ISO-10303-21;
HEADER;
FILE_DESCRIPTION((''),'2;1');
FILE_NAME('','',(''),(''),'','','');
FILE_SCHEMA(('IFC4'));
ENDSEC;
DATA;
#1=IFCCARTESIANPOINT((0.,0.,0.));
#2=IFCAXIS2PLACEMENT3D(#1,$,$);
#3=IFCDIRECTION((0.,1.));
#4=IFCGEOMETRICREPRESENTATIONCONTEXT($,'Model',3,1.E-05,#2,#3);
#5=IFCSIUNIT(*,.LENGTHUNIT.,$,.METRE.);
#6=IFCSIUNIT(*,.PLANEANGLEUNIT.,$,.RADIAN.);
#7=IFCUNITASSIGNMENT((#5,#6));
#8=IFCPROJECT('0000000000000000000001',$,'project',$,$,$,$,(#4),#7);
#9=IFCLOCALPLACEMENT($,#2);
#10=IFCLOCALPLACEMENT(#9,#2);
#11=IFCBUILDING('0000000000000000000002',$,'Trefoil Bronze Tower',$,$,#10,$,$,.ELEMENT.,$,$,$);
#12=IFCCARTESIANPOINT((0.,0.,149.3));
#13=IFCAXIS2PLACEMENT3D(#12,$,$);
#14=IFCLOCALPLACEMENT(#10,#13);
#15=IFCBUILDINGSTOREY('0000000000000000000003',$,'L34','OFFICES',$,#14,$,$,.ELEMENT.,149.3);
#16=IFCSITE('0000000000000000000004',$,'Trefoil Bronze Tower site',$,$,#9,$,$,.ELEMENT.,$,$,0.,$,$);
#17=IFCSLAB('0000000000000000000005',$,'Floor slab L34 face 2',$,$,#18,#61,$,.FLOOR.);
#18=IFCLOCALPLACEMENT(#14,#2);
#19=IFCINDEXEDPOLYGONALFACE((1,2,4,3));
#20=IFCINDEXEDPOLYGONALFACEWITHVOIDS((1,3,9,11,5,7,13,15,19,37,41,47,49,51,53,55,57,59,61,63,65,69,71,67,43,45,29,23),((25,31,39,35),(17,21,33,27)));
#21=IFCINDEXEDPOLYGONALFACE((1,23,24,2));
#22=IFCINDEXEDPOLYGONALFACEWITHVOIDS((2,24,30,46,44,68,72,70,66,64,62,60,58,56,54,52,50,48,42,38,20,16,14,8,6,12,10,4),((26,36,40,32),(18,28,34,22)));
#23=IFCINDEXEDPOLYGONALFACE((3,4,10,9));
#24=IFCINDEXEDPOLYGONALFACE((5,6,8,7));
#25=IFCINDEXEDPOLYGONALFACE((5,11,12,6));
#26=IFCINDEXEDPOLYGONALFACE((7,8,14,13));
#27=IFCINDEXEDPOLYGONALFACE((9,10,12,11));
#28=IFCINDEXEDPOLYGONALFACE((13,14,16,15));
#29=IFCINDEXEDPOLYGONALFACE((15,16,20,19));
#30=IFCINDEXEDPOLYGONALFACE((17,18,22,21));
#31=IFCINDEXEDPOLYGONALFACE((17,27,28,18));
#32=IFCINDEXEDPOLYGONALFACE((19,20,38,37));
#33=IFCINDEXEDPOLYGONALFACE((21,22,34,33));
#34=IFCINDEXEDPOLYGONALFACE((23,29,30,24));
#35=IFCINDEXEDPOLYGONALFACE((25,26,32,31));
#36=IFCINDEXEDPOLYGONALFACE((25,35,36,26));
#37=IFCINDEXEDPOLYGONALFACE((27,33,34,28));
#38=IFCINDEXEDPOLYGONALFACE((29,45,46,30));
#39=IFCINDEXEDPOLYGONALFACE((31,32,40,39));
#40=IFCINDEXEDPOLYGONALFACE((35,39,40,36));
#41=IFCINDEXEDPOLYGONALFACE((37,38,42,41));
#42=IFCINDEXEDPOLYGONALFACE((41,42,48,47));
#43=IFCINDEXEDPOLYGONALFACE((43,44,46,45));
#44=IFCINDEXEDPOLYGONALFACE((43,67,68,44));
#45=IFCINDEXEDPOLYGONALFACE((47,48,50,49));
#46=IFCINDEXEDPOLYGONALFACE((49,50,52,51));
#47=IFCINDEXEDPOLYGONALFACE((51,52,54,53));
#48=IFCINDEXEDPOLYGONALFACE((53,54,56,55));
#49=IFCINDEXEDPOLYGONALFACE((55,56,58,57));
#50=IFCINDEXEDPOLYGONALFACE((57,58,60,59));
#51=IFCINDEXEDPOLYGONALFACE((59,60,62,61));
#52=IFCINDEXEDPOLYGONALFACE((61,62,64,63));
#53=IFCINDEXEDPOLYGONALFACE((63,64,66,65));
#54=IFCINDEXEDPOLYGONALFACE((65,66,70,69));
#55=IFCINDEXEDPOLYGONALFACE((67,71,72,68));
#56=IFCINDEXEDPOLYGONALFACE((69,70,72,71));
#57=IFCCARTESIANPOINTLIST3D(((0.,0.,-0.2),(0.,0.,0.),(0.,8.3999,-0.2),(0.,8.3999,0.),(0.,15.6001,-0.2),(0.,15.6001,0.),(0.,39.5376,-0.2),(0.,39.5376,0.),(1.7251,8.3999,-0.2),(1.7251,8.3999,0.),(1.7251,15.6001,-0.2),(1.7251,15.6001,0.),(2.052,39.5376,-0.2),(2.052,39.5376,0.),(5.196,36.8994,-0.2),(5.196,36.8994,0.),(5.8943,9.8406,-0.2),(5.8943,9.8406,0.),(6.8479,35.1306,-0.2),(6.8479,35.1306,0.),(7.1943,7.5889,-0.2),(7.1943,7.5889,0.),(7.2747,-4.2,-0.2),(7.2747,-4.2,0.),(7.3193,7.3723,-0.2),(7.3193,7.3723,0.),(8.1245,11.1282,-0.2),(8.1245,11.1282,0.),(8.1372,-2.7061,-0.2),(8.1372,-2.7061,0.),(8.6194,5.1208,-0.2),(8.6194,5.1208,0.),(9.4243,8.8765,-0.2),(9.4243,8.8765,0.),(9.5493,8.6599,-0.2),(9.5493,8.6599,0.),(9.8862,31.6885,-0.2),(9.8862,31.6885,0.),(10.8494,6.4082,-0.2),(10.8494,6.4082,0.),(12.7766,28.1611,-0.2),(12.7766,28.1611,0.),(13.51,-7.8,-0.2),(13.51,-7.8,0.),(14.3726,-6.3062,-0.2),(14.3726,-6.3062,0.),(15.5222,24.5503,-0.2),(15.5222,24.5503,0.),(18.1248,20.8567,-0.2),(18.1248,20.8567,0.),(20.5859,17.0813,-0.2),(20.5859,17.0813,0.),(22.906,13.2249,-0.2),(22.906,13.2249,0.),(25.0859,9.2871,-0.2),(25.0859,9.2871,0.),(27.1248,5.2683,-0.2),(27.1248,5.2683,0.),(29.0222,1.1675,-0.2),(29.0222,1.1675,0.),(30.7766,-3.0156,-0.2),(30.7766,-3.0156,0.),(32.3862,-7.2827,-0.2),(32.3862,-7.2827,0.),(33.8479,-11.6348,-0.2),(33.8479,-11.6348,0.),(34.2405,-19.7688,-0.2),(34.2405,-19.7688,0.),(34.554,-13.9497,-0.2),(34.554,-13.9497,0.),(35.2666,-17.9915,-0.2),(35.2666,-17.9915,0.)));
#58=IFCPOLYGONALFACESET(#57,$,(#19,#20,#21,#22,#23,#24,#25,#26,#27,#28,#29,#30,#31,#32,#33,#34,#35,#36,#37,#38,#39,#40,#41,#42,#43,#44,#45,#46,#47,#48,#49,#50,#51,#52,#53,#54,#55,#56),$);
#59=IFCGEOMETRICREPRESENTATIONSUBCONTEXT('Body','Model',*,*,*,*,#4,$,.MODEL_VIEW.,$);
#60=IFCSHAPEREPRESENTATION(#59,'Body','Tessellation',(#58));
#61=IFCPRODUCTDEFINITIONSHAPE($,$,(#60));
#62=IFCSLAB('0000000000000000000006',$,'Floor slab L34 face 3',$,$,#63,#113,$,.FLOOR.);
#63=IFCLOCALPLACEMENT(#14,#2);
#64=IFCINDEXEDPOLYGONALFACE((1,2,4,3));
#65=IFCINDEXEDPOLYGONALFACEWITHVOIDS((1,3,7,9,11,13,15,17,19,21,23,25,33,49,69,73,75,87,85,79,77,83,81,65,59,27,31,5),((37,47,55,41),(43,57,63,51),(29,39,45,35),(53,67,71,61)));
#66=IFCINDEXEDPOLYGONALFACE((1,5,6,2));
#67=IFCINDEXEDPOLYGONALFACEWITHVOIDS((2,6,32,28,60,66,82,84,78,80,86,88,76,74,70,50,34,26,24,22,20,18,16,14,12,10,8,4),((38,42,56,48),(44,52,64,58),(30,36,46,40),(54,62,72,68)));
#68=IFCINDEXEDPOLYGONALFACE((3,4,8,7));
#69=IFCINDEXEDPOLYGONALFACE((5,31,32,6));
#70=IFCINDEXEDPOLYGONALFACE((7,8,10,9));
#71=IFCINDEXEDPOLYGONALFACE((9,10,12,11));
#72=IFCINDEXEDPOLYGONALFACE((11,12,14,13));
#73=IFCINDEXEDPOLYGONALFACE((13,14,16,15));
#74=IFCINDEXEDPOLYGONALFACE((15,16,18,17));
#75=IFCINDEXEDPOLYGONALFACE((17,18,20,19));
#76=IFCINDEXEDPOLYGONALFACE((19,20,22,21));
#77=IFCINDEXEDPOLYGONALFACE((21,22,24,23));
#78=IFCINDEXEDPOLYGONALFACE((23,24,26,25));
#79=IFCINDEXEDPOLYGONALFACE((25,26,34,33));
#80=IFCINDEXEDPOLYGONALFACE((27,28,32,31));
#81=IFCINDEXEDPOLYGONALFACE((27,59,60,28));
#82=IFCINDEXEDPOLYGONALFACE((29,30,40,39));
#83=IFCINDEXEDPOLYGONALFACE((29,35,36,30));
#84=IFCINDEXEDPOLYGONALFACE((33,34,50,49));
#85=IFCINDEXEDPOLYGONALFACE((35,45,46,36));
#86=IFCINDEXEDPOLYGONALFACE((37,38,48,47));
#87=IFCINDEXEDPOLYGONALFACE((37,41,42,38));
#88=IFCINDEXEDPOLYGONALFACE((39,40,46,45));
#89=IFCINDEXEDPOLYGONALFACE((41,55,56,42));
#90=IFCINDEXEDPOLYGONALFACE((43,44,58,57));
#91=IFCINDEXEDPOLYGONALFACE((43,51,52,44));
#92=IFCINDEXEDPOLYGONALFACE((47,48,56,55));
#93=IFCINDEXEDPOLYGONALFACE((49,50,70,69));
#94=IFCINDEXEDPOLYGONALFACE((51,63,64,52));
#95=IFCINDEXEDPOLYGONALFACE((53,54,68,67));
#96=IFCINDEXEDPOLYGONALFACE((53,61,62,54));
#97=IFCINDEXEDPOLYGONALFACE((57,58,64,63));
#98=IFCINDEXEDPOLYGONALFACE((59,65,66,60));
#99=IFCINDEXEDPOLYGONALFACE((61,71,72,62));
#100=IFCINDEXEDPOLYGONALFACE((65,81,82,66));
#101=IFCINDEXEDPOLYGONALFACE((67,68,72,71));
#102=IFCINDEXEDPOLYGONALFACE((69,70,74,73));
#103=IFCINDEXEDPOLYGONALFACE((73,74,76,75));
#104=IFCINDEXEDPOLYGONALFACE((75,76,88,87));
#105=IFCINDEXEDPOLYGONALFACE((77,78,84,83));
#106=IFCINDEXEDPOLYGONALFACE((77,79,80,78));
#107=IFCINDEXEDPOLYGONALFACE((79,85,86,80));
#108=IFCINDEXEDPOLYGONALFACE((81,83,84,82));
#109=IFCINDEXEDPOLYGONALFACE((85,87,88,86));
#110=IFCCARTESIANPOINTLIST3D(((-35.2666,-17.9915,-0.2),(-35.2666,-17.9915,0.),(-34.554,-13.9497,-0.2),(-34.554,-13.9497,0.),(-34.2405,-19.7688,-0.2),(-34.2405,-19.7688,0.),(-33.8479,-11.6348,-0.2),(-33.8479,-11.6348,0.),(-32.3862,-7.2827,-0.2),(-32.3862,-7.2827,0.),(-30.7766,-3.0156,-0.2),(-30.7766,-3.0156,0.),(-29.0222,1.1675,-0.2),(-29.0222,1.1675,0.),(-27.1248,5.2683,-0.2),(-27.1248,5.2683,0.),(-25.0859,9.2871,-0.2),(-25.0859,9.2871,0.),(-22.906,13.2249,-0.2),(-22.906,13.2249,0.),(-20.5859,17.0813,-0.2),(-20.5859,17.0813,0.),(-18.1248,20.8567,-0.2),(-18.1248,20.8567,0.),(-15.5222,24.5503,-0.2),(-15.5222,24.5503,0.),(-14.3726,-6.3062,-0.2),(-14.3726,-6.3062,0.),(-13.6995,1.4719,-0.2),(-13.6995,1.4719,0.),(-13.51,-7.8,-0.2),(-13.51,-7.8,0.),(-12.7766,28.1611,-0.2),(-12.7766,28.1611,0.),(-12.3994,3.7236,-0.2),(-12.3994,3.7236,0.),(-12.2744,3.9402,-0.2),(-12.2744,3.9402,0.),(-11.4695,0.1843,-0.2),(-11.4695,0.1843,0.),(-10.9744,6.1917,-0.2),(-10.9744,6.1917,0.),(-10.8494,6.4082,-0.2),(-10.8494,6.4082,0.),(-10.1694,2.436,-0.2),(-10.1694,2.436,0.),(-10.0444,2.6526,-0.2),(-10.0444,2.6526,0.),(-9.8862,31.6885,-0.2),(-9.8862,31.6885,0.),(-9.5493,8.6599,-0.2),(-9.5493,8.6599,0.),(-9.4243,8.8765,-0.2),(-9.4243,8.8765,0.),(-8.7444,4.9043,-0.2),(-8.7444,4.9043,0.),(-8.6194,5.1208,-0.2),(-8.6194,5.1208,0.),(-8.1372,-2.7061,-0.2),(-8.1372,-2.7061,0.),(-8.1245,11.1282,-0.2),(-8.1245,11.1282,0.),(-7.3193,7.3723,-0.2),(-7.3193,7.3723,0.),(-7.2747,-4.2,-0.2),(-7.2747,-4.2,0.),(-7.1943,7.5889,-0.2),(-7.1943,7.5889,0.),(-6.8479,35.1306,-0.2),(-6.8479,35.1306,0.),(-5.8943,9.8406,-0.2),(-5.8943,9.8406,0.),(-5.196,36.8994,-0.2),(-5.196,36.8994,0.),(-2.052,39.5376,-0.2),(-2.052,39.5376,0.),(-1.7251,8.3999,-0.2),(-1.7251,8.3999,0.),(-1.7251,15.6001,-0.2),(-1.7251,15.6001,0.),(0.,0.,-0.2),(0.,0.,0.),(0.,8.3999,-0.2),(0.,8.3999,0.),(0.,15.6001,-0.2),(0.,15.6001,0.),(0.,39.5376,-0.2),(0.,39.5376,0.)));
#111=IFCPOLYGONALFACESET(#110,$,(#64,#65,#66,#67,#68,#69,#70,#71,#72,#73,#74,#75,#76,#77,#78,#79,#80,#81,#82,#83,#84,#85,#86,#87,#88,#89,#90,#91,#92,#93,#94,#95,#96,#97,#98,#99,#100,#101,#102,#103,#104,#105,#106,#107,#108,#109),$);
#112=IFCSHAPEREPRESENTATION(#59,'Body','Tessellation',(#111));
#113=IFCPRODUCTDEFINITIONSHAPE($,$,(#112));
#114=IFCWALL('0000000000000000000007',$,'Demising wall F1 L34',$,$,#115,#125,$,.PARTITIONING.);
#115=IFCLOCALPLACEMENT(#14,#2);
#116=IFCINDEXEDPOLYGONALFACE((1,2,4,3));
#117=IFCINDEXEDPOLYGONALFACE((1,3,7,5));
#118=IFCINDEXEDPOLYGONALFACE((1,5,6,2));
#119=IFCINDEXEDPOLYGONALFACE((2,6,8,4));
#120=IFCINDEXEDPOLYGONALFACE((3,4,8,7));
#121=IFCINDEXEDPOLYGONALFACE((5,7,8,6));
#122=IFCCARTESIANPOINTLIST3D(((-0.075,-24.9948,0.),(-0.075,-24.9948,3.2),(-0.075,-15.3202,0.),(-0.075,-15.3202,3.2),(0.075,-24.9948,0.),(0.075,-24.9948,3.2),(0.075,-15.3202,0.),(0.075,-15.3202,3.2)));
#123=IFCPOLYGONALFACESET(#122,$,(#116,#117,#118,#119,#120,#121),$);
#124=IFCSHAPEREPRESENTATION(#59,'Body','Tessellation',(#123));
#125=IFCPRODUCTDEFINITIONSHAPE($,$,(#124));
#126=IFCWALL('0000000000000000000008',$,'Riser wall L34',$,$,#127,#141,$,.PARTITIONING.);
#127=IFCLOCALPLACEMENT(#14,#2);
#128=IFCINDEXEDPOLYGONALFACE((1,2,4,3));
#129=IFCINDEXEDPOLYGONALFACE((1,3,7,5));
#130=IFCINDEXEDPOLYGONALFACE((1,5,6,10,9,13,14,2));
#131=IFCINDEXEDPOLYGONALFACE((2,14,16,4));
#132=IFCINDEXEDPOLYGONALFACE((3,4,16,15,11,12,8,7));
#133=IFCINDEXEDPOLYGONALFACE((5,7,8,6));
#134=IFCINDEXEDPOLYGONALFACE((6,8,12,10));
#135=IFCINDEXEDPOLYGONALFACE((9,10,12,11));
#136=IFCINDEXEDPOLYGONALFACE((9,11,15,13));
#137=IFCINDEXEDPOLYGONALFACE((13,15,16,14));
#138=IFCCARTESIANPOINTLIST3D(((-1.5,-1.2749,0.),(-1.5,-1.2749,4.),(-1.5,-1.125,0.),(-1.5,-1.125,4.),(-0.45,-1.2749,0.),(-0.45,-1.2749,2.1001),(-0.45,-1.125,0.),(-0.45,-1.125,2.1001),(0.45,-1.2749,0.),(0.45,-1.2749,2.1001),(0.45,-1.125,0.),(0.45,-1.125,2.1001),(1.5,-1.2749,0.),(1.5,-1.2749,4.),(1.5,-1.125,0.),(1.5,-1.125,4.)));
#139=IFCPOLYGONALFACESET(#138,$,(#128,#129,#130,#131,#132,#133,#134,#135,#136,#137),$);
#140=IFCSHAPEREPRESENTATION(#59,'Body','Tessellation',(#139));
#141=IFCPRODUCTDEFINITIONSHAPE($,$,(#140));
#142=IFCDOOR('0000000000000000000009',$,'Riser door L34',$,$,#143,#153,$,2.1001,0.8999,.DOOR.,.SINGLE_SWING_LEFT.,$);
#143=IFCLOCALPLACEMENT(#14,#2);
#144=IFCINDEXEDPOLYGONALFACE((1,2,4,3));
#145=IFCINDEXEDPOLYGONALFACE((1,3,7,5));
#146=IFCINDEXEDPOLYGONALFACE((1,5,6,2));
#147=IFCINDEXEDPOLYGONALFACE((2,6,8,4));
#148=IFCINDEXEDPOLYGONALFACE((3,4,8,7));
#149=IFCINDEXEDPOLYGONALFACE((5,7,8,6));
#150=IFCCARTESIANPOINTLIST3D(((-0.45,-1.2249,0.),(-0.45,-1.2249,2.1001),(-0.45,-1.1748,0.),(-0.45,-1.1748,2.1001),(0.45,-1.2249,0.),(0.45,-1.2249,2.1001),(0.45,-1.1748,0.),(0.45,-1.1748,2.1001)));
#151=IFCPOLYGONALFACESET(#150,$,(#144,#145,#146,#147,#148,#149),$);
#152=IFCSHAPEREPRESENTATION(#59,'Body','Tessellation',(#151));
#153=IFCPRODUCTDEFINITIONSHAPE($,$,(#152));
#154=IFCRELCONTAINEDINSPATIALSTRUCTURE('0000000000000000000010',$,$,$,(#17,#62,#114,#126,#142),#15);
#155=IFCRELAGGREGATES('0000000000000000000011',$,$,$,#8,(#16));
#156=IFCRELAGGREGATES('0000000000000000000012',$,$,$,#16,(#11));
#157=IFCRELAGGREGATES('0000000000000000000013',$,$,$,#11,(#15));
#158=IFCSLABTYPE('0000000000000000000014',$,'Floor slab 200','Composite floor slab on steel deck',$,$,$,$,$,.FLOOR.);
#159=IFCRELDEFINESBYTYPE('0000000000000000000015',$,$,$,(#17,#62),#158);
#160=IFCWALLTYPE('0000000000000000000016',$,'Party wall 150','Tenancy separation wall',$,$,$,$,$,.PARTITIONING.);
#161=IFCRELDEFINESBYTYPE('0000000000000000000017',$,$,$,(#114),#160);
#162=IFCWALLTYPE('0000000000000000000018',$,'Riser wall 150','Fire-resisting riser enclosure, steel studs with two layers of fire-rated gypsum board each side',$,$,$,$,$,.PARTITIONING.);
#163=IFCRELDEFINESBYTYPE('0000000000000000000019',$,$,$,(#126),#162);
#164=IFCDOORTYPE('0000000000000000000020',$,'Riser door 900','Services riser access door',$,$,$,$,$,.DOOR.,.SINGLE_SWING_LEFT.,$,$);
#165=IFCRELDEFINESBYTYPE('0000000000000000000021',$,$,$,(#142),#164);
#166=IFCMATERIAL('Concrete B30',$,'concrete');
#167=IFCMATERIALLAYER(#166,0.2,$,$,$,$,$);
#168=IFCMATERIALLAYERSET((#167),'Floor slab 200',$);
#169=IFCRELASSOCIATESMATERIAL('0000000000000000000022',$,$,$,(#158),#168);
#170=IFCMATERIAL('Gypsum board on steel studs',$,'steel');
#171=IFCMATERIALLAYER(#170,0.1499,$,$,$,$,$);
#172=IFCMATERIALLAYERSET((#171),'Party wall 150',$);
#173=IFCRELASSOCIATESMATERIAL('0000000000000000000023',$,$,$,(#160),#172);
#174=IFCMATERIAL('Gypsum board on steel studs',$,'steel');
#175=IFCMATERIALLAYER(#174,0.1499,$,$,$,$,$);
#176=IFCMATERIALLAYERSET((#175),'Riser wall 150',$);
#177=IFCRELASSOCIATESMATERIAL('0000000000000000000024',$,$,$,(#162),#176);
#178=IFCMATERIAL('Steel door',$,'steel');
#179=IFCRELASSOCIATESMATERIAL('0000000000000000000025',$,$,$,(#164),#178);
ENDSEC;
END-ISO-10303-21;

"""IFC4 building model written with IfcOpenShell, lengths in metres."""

from ifc_helpers import new_model, si_unit, direction, frame, frame_2d, origin, place, context, subcontext, project, spatial, polyline, rectangle, outline, extrude, material, layer, layer_set, type_object, element, fill, save


model = new_model("IFC4")

# Units and contexts
model_context = context("Model", 3, precision=1e-05, world=origin(), true_north=direction((0.0, 1.0)))
body_context = subcontext(model_context, "Body", "Model", "MODEL_VIEW")
ifc_project = project(units=[si_unit("LENGTHUNIT", "METRE"), si_unit("PLANEANGLEUNIT", "RADIAN")], contexts=[model_context])

# Site, building, storey
site_placement = place(None, origin())
site = spatial("IfcSite", under=ifc_project, at=site_placement, Name="Trefoil Bronze Tower site", CompositionType="ELEMENT", RefElevation=0.0)
building_placement = place(site_placement, origin())
building = spatial("IfcBuilding", under=site, at=building_placement, Name="Trefoil Bronze Tower", CompositionType="ELEMENT")
storey_placement = place(building_placement, frame((0.0, 0.0, 149.3)))
storey = spatial("IfcBuildingStorey", under=building, at=storey_placement, Name="L34", Description="OFFICES", CompositionType="ELEMENT", Elevation=149.3)

# Slabs
ifc_material_1 = material(Name="Concrete B30", Category="concrete")
ifc_layer_1 = layer(ifc_material_1, 0.2)
ifc_layer_set_1 = layer_set([ifc_layer_1], Name="Floor slab 200")
slab_type = type_object("IfcSlabType", Name="Floor slab 200", Description="Composite floor slab on steel deck", PredefinedType="FLOOR", material=ifc_layer_set_1)
slab_1_placement = place(storey_placement, frame((0.0, 0.0, -0.2)))
element("IfcSlab", 1, at=slab_1_placement, inside=storey, type_object=slab_type, Name="Floor slab L34 face 2", PredefinedType="FLOOR", context=body_context, shape_type="SweptSolid", body=[
    extrude(outline(polyline([(9.8862, 31.6885), (12.7766, 28.1611), (15.5222, 24.5503), (18.1248, 20.8567), (20.5859, 17.0813), (22.906, 13.2249), (25.0859, 9.2871), (27.1248, 5.2683), (29.0222, 1.1675), (30.7766, -3.0156), (32.3862, -7.2827), (33.8479, -11.6348), (34.554, -13.9497), (35.2666, -17.9915), (34.2405, -19.7688), (13.51, -7.8), (14.3726, -6.3062), (8.1372, -2.7061), (7.2747, -4.2), (0.0, 0.0), (0.0, 8.3999), (1.7251, 8.3999), (1.7251, 15.6001), (0.0, 15.6001), (0.0, 39.5376), (2.052, 39.5376), (5.196, 36.8994), (6.8479, 35.1306), (9.8862, 31.6885)]), holes=[polyline([(8.6194, 5.1208), (7.3193, 7.3723), (9.5493, 8.6599), (10.8494, 6.4082), (8.6194, 5.1208)]), polyline([(7.1943, 7.5889), (5.8943, 9.8406), (8.1245, 11.1282), (9.4243, 8.8765), (7.1943, 7.5889)])]), origin(), (0.0, 0.0, 1.0), 0.2),
])
slab_2_placement = place(storey_placement, frame((0.0, 0.0, -0.2)))
element("IfcSlab", 2, at=slab_2_placement, inside=storey, type_object=slab_type, Name="Floor slab L34 face 3", PredefinedType="FLOOR", context=body_context, shape_type="SweptSolid", body=[
    extrude(outline(polyline([(-32.3862, -7.2827), (-30.7766, -3.0156), (-29.0222, 1.1675), (-27.1248, 5.2683), (-25.0859, 9.2871), (-22.906, 13.2249), (-20.5859, 17.0813), (-18.1248, 20.8567), (-15.5222, 24.5503), (-12.7766, 28.1611), (-9.8862, 31.6885), (-6.8479, 35.1306), (-5.196, 36.8994), (-2.052, 39.5376), (0.0, 39.5376), (0.0, 15.6001), (-1.7251, 15.6001), (-1.7251, 8.3999), (0.0, 8.3999), (0.0, 0.0), (-7.2747, -4.2), (-8.1372, -2.7061), (-14.3726, -6.3062), (-13.51, -7.8), (-34.2405, -19.7688), (-35.2666, -17.9915), (-34.554, -13.9497), (-33.8479, -11.6348), (-32.3862, -7.2827)]), holes=[polyline([(-5.8943, 9.8406), (-7.1943, 7.5889), (-9.4243, 8.8765), (-8.1245, 11.1282), (-5.8943, 9.8406)]), polyline([(-7.3193, 7.3723), (-8.6194, 5.1208), (-10.8494, 6.4082), (-9.5493, 8.6599), (-7.3193, 7.3723)]), polyline([(-8.7444, 4.9043), (-10.0444, 2.6526), (-12.2744, 3.9402), (-10.9744, 6.1917), (-8.7444, 4.9043)]), polyline([(-10.1694, 2.436), (-11.4695, 0.1843), (-13.6995, 1.4719), (-12.3994, 3.7236), (-10.1694, 2.436)])]), origin(), (0.0, 0.0, 1.0), 0.2),
])

# Wall
ifc_material_2 = material(Name="Gypsum board on steel studs", Category="steel")
ifc_layer_2 = layer(ifc_material_2, 0.1499)
ifc_layer_set_2 = layer_set([ifc_layer_2], Name="Party wall 150")
wall_type_1 = type_object("IfcWallType", Name="Party wall 150", Description="Tenancy separation wall", PredefinedType="PARTITIONING", material=ifc_layer_set_2)
wall_1_placement = place(storey_placement, frame((0.0, -15.3201, 0.0), z_axis=(0.0, 0.0, 1.0), x_axis=(0.0, -1.0, 0.0)))
element("IfcWall", 3, at=wall_1_placement, inside=storey, type_object=wall_type_1, Name="Demising wall F1 L34", PredefinedType="PARTITIONING", context=body_context, shape_type="SweptSolid", body=[
    extrude(rectangle(XDim=9.6746, YDim=0.1499, at=frame_2d((4.8374, 0.0))), origin(), (0.0, 0.0, 1.0), 3.2),
])

# Wall, opening, door
ifc_material_3 = material(Name="Gypsum board on steel studs", Category="steel")
ifc_layer_3 = layer(ifc_material_3, 0.1499)
ifc_layer_set_3 = layer_set([ifc_layer_3], Name="Riser wall 150")
wall_type_2 = type_object("IfcWallType", Name="Riser wall 150", Description="Fire-resisting riser enclosure, steel studs with two layers of fire-rated gypsum board each side", PredefinedType="PARTITIONING", material=ifc_layer_set_3)
wall_2_placement = place(storey_placement, frame((-1.5, -1.2, 0.0), z_axis=(0.0, 0.0, 1.0), x_axis=(1.0, 0.0, 0.0)))
wall_2 = element("IfcWall", 4, at=wall_2_placement, inside=storey, type_object=wall_type_2, Name="Riser wall L34", PredefinedType="PARTITIONING", context=body_context, shape_type="SweptSolid", body=[
    extrude(rectangle(XDim=3.0, YDim=0.1499, at=frame_2d((1.5, 0.0))), origin(), (0.0, 0.0, 1.0), 4.0),
])
opening_1_placement = place(wall_2_placement, frame((1.05, 0.0, 0.0)))
opening_1 = element("IfcOpeningElement", 5, at=opening_1_placement, cuts=wall_2, PredefinedType="OPENING", context=body_context, shape_type="SweptSolid", body=[
    extrude(rectangle(XDim=0.8999, YDim=2.1001, at=frame_2d((0.45, 1.05))), frame((0.0, 0.085, 0.0), z_axis=(0.0, -1.0, 0.0), x_axis=(1.0, 0.0, 0.0)), (0.0, 0.0, 1.0), 0.1699),
])
ifc_material_4 = material(Name="Steel door", Category="steel")
door_type_1 = type_object("IfcDoorType", Name="Riser door 900", Description="Services riser access door", OperationType="SINGLE_SWING_LEFT", PredefinedType="DOOR", material=ifc_material_4)
door_1_placement = place(opening_1_placement, frame((0.8999, 0.0, 0.0), z_axis=(0.0, 0.0, 1.0), x_axis=(-1.0, 0.0, 0.0)))
door_1 = element("IfcDoor", 6, at=door_1_placement, inside=storey, type_object=door_type_1, Name="Riser door L34", OperationType="SINGLE_SWING_LEFT", OverallHeight=2.1001, OverallWidth=0.8999, PredefinedType="DOOR", context=body_context, shape_type="SweptSolid", body=[
    extrude(rectangle(XDim=0.8999, YDim=2.1001, at=frame_2d((0.45, 1.05))), frame((0.0, 0.0249, 0.0), z_axis=(0.0, -1.0, 0.0), x_axis=(1.0, 0.0, 0.0)), (0.0, 0.0, 1.0), 0.05),
])
fill(opening_1, door_1)

save(model, "model.ifc")
